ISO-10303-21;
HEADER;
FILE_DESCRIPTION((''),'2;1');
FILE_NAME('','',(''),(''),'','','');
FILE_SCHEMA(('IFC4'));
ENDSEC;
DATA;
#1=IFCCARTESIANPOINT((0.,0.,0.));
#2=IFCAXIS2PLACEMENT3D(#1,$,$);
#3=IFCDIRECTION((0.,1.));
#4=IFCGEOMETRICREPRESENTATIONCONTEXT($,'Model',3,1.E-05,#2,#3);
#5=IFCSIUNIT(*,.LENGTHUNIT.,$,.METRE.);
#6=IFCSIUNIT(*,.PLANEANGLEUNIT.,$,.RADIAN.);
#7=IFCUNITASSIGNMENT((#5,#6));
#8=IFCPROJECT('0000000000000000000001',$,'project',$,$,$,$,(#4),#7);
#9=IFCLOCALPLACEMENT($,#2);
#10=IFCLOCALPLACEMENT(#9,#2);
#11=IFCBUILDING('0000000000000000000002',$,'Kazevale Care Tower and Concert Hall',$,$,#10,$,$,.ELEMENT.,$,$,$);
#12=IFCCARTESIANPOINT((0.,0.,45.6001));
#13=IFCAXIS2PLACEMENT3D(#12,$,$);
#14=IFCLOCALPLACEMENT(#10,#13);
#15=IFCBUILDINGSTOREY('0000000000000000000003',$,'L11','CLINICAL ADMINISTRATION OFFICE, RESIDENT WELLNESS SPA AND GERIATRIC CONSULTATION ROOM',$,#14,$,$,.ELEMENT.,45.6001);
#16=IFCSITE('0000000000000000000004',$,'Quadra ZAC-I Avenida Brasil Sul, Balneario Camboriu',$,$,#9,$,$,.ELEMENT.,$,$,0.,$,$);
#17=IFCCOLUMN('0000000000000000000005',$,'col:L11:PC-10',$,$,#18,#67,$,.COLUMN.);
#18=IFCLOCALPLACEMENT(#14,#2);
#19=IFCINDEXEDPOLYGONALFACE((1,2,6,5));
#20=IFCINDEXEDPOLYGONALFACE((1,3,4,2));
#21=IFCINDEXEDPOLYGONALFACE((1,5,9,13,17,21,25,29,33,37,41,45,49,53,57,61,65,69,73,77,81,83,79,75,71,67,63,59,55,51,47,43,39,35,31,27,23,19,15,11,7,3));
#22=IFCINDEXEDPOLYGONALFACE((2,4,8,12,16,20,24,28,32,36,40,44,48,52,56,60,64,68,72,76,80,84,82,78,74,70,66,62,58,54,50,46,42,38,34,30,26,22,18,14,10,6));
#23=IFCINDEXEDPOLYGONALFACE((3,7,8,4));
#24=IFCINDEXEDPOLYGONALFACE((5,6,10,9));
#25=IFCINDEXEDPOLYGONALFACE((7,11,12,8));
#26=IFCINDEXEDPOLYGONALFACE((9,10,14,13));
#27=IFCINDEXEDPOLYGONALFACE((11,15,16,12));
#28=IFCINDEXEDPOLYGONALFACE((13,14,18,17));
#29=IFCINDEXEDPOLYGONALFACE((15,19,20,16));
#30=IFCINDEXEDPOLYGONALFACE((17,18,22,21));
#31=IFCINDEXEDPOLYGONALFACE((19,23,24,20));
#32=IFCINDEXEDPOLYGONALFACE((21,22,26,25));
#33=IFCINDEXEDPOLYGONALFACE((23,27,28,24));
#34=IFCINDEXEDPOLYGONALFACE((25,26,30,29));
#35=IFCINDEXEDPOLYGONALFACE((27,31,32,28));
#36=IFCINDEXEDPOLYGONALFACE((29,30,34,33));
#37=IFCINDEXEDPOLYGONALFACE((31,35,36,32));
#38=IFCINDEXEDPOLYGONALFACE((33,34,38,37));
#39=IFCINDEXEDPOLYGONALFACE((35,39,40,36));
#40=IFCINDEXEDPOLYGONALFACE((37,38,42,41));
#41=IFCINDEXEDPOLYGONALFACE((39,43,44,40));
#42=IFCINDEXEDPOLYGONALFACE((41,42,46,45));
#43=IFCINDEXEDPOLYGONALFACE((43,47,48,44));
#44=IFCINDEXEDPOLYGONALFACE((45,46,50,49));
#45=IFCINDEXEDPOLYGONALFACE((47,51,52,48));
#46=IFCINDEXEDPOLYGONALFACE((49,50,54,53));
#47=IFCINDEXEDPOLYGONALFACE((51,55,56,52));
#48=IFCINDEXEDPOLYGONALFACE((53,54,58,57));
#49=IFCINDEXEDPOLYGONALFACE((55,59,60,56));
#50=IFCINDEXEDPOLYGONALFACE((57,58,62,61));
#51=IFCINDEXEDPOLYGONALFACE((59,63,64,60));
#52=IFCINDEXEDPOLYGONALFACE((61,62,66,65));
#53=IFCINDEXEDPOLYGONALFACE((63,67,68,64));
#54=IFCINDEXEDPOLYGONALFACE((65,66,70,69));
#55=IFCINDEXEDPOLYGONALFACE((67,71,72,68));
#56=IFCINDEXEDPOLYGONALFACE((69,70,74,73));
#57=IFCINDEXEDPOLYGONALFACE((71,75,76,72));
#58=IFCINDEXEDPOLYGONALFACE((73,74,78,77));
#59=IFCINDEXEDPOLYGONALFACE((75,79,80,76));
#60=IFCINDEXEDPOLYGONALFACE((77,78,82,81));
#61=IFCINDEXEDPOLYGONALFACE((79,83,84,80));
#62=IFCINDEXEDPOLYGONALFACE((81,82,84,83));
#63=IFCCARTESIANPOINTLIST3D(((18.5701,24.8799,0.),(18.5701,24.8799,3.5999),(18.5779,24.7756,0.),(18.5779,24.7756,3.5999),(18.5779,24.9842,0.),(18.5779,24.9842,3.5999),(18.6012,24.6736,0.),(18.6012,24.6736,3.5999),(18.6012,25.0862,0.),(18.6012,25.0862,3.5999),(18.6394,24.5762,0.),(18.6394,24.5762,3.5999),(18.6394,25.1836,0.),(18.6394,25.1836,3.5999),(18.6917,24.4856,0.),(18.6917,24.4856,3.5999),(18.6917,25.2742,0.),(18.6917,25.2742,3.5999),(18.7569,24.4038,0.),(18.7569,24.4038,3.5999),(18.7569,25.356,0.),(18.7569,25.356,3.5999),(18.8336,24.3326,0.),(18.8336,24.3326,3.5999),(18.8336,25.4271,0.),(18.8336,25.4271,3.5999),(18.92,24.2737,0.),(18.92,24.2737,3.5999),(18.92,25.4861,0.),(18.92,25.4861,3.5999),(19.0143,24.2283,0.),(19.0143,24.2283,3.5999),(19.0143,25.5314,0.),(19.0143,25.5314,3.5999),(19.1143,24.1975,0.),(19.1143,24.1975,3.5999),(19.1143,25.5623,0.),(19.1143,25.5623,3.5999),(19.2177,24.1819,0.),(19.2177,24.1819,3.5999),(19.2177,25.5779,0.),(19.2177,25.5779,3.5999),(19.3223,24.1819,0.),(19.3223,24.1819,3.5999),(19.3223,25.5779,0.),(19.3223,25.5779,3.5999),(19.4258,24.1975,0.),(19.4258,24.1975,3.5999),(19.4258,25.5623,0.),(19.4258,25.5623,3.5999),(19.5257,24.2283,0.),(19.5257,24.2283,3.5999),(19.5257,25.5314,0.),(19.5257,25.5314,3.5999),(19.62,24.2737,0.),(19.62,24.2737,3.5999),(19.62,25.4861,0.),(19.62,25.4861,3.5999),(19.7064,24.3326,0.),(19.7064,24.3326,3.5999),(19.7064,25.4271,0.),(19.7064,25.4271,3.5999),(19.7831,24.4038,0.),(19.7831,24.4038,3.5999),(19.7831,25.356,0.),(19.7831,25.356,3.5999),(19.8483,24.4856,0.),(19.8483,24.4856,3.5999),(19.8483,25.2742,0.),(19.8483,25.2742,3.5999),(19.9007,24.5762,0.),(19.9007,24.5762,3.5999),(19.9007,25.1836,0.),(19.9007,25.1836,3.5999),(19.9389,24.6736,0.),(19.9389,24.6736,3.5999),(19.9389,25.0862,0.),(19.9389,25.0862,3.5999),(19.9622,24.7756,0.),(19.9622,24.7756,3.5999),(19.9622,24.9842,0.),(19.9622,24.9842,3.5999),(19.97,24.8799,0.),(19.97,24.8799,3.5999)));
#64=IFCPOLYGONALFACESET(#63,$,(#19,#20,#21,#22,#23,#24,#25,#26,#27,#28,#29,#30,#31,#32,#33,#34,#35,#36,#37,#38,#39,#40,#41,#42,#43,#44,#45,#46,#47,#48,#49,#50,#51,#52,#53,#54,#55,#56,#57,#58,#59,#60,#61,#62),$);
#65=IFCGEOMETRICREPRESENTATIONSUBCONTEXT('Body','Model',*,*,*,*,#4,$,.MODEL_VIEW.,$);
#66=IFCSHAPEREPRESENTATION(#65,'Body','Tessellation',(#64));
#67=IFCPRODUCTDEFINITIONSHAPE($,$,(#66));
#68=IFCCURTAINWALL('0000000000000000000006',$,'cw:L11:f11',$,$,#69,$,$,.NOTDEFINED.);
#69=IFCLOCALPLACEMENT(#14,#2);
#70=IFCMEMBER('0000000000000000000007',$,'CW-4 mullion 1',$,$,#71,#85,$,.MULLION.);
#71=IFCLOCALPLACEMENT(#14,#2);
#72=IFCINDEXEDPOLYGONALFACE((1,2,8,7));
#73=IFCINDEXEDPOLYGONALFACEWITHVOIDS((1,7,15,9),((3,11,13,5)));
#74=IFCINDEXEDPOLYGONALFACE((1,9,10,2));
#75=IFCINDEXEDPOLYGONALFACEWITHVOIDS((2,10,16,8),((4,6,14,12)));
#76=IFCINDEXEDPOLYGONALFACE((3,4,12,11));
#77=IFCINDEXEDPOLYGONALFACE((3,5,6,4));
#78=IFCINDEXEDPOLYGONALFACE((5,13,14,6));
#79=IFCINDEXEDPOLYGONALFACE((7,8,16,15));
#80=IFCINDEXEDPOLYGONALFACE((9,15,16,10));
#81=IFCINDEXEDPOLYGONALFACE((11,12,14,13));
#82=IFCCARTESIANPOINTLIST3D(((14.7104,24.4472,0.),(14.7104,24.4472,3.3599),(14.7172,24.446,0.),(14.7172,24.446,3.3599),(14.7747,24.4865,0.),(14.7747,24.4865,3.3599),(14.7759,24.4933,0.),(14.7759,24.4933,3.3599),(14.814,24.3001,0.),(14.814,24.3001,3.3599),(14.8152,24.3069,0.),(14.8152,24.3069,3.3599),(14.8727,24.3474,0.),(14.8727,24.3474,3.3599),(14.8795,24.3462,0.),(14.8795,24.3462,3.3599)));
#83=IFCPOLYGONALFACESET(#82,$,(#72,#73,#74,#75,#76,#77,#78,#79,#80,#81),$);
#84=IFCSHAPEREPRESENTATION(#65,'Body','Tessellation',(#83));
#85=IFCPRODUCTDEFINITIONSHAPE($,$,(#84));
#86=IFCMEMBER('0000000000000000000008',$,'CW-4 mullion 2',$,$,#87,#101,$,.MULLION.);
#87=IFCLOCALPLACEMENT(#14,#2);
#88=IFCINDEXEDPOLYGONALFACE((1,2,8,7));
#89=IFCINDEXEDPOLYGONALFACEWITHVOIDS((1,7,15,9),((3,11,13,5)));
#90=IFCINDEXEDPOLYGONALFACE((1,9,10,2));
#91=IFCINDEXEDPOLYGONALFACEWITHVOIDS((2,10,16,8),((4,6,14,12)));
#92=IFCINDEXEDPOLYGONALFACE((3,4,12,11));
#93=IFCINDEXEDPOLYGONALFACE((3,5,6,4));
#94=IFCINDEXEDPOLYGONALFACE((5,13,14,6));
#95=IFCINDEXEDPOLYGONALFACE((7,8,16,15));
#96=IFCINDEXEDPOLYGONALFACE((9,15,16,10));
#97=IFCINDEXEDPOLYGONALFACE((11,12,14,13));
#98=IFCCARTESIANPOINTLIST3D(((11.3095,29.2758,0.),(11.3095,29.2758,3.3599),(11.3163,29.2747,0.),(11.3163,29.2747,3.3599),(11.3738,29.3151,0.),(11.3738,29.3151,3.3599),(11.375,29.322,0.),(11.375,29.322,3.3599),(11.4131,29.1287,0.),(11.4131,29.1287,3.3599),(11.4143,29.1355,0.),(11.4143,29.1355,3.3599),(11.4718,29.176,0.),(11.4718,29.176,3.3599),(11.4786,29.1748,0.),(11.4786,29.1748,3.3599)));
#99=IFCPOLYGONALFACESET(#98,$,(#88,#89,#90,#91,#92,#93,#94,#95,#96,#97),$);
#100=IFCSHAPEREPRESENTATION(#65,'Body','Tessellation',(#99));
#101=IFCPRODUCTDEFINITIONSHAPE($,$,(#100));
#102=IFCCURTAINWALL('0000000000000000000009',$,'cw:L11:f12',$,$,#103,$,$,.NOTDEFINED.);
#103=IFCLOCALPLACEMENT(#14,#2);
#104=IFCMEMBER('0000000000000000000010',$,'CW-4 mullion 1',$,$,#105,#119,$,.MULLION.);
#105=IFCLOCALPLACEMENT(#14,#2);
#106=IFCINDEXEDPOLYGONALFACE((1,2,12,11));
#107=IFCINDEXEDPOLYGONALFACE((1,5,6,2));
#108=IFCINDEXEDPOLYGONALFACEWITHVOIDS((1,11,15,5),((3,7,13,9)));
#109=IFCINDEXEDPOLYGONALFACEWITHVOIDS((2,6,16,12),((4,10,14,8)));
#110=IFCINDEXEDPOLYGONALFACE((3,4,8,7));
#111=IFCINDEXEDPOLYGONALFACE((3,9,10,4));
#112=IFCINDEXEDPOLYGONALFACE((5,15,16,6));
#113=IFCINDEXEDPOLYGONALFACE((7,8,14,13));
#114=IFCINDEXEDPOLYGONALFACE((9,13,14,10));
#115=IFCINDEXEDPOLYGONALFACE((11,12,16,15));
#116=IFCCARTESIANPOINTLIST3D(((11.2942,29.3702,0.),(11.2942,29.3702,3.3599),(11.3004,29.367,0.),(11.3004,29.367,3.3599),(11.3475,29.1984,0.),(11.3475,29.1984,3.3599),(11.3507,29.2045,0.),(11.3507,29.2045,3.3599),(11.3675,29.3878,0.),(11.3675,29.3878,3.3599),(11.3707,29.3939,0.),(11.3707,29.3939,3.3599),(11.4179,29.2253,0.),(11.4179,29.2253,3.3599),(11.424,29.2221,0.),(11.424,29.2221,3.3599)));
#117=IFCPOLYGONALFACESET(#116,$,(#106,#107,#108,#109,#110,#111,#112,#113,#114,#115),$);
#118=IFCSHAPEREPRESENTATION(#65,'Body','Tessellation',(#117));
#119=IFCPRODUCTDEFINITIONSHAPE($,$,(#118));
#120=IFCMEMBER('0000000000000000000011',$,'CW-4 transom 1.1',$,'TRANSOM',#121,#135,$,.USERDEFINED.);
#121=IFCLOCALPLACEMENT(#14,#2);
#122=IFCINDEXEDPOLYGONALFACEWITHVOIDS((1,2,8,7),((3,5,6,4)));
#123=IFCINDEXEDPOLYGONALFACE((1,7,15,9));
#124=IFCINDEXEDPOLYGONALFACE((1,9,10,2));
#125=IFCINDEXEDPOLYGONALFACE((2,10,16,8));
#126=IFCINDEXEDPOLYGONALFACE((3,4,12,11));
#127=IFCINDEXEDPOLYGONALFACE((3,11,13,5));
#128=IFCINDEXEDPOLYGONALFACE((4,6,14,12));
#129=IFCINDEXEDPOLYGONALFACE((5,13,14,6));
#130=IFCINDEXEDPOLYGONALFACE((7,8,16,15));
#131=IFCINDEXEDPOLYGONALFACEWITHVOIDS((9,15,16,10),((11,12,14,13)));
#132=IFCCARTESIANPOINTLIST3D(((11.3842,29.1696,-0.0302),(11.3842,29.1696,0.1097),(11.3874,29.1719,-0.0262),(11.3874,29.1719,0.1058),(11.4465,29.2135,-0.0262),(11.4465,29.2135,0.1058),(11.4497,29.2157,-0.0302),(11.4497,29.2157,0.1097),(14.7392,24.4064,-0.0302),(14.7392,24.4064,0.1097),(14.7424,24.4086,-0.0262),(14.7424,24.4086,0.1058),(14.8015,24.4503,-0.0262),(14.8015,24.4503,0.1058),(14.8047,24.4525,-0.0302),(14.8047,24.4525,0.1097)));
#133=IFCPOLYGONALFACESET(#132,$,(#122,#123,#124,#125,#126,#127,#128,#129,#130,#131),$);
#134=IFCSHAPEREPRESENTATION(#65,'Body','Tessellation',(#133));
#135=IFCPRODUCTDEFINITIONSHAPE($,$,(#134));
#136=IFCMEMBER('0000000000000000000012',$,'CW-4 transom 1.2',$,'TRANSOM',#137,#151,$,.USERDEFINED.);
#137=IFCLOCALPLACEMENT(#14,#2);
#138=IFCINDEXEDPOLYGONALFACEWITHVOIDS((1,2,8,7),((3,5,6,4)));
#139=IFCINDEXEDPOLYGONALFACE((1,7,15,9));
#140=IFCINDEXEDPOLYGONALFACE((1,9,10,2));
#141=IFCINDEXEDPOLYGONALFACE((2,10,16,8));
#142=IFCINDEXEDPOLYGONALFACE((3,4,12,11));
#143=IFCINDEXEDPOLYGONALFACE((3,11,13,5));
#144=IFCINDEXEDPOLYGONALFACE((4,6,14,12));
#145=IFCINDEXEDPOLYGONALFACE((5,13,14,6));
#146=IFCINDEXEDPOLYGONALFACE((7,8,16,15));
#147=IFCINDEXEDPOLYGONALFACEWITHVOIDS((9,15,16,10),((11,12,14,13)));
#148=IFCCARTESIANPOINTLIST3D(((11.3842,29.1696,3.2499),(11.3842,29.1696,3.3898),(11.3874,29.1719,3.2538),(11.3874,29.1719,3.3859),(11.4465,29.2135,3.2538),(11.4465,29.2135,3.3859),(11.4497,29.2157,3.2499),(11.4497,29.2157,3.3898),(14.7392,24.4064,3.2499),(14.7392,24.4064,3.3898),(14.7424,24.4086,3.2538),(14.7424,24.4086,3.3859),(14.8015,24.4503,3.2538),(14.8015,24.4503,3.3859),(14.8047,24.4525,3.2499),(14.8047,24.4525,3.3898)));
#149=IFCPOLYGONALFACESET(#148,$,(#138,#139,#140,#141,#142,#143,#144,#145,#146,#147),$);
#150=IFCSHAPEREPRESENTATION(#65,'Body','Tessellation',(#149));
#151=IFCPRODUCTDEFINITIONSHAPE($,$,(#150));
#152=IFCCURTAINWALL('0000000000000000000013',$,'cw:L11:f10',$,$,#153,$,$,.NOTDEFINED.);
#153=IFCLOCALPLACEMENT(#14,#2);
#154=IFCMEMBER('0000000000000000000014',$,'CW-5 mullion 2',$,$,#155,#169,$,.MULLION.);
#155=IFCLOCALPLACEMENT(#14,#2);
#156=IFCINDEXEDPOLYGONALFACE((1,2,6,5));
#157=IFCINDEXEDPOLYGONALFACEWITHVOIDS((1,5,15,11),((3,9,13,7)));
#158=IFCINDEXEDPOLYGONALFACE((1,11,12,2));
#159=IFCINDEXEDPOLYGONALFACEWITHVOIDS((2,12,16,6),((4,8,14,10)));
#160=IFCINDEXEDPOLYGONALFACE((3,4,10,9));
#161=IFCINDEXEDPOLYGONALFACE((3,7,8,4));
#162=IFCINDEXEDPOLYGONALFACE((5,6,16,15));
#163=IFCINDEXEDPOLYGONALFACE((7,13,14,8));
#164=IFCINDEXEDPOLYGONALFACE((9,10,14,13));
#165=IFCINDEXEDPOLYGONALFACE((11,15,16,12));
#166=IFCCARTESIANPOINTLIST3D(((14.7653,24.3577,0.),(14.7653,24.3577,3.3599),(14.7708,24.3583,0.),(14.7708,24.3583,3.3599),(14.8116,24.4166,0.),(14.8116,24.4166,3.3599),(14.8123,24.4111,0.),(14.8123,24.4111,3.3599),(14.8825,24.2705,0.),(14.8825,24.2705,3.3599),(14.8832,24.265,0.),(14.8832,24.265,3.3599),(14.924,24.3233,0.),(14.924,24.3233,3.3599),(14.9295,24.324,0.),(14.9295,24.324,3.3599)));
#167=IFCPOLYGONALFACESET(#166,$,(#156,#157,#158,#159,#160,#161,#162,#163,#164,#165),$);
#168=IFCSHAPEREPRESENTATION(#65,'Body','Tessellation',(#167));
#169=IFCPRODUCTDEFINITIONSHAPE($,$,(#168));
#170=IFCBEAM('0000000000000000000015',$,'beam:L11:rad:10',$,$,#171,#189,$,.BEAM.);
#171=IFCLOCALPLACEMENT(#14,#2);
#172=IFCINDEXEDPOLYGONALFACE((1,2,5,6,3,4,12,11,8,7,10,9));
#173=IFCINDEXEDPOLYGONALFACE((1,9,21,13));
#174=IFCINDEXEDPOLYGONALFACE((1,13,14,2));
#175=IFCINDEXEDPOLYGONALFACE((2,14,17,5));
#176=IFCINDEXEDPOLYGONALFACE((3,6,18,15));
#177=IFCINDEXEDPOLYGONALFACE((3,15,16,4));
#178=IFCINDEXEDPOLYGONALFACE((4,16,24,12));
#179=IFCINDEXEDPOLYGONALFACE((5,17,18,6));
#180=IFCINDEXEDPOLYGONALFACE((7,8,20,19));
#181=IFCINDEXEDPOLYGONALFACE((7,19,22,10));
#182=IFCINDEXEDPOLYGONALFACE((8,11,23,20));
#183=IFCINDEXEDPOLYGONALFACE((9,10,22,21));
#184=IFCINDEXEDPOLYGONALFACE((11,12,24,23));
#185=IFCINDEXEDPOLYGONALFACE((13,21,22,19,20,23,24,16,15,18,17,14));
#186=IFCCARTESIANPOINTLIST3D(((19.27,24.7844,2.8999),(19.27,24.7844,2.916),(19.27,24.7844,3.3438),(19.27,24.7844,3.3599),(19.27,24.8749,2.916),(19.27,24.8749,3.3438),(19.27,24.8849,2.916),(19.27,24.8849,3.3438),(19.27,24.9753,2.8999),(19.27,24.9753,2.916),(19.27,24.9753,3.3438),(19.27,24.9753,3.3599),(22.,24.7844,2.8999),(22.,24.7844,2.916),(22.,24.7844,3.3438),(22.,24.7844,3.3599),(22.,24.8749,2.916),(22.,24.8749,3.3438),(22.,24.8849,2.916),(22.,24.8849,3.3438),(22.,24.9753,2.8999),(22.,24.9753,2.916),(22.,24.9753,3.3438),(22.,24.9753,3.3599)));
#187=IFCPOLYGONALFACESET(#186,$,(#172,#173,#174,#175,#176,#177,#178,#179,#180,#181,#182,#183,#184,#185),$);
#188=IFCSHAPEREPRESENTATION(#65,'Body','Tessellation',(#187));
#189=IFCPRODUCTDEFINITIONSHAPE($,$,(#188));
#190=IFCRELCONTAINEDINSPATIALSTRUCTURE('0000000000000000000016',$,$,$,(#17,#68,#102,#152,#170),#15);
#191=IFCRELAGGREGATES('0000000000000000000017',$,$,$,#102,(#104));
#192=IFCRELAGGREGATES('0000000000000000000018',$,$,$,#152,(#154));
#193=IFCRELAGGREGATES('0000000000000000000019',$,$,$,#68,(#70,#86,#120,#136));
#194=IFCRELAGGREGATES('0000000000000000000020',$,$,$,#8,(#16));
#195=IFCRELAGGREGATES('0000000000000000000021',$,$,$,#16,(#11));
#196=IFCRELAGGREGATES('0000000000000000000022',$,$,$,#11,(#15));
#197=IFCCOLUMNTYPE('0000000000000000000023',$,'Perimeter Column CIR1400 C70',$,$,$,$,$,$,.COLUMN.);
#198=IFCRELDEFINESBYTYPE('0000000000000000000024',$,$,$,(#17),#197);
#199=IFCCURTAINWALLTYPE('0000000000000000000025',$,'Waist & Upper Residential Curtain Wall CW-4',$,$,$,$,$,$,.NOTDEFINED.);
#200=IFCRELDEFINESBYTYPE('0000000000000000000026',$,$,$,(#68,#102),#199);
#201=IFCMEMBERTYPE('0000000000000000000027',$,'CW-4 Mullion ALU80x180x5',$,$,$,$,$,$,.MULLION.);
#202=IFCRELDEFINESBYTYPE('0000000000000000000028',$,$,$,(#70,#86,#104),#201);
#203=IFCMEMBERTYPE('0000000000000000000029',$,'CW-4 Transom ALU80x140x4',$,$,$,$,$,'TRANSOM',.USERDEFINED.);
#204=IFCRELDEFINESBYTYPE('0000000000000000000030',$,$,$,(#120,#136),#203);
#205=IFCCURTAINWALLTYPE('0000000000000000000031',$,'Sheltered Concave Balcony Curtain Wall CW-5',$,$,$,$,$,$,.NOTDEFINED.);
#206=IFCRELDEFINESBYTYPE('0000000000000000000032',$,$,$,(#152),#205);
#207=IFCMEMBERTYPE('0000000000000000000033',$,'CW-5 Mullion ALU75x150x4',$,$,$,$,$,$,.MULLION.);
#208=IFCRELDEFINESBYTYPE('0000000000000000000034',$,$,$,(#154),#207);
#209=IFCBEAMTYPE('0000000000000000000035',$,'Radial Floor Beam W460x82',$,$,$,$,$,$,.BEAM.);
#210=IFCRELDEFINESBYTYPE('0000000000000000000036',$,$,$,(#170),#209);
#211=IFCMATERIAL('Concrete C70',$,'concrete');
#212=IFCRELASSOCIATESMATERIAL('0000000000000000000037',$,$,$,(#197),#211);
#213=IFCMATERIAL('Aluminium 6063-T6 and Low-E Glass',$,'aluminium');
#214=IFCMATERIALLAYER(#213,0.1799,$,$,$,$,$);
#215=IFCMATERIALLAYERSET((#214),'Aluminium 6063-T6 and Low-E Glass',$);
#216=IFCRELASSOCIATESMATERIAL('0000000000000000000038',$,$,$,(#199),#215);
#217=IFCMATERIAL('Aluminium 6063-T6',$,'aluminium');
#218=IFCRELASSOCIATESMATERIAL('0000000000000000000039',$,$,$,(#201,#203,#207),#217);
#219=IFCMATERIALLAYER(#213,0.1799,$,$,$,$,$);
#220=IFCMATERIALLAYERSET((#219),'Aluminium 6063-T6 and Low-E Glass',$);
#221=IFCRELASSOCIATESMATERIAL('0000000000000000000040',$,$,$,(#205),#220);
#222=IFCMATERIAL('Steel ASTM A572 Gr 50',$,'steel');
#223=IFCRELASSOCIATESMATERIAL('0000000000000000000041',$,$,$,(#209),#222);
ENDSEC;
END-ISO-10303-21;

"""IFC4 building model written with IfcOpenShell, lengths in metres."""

from ifc_helpers import new_model, si_unit, direction, frame, origin, origin_2d, place, context, subcontext, project, spatial, hollow_rectangle, circle, i_section, extrude, material, layer, layer_set, material_profile, profile_set, type_object, element, aggregate, save


model = new_model("IFC4")

# Units and contexts
model_context = context("Model", 3, precision=1e-05, world=origin(), true_north=direction((0.0, 1.0)))
body_context = subcontext(model_context, "Body", "Model", "MODEL_VIEW")
ifc_project = project(units=[si_unit("LENGTHUNIT", "METRE"), si_unit("PLANEANGLEUNIT", "RADIAN")], contexts=[model_context])

# Site, building, storey
site_placement = place(None, origin())
site = spatial("IfcSite", under=ifc_project, at=site_placement, Name="Quadra ZAC-I Avenida Brasil Sul, Balneario Camboriu", CompositionType="ELEMENT", RefElevation=0.0)
building_placement = place(site_placement, origin())
building = spatial("IfcBuilding", under=site, at=building_placement, Name="Kazevale Care Tower and Concert Hall", CompositionType="ELEMENT")
storey_placement = place(building_placement, frame((0.0, 0.0, 45.6001)))
storey = spatial("IfcBuildingStorey", under=building, at=storey_placement, Name="L11", Description="CLINICAL ADMINISTRATION OFFICE, RESIDENT WELLNESS SPA AND GERIATRIC CONSULTATION ROOM", CompositionType="ELEMENT", Elevation=45.6001)

# Column
ifc_material_1 = material(Name="Concrete C70", Category="concrete")
ifc_material_profile_1 = material_profile(ifc_material_1, circle(Radius=0.7, at=origin_2d()), Name="RC-CIR1400")
ifc_profile_set_1 = profile_set([ifc_material_profile_1], Name="Concrete C70")
column_type = type_object("IfcColumnType", Name="Perimeter Column CIR1400 C70", PredefinedType="COLUMN", material=ifc_profile_set_1)
column_placement = place(storey_placement, frame((19.27, 24.8799, 0.0), z_axis=(0.0, 0.0, 1.0), x_axis=(1.0, 0.0, 0.0)))
element("IfcColumn", 1, at=column_placement, inside=storey, type_object=column_type, Name="col:L11:PC-10", PredefinedType="COLUMN", context=body_context, shape_type="SweptSolid", body=[
    extrude(circle(Radius=0.7, at=origin_2d()), origin(), (0.0, 0.0, 1.0), 3.5999),
])

# Curtain wall, members
ifc_material_2 = material(Name="Aluminium 6063-T6 and Low-E Glass", Category="aluminium")
ifc_layer_1 = layer(ifc_material_2, 0.1799)
ifc_layer_set_1 = layer_set([ifc_layer_1], Name="Aluminium 6063-T6 and Low-E Glass")
curtain_wall_type_1 = type_object("IfcCurtainWallType", Name="Waist & Upper Residential Curtain Wall CW-4", PredefinedType="NOTDEFINED", material=ifc_layer_set_1)
curtain_wall_1_placement = place(storey_placement, origin())
curtain_wall_1 = element("IfcCurtainWall", 2, at=curtain_wall_1_placement, inside=storey, type_object=curtain_wall_type_1, Name="cw:L11:f11", PredefinedType="NOTDEFINED")
ifc_material_3 = material(Name="Aluminium 6063-T6", Category="aluminium")
ifc_material_profile_2 = material_profile(ifc_material_3, hollow_rectangle(XDim=0.0801, YDim=0.1799, WallThickness=0.0049, at=origin_2d()), Name="ALU80x180x5")
ifc_profile_set_2 = profile_set([ifc_material_profile_2], Name="Aluminium 6063-T6")
member_type_1 = type_object("IfcMemberType", Name="CW-4 Mullion ALU80x180x5", PredefinedType="MULLION", material=ifc_profile_set_2)
member_1_placement = place(storey_placement, frame((14.7949, 24.3967, 0.0), z_axis=(0.0, 0.0, 1.0), x_axis=(-0.817565, -0.575837, 0.0)))
member_1 = element("IfcMember", 3, at=member_1_placement, type_object=member_type_1, Name="CW-4 mullion 1", PredefinedType="MULLION", context=body_context, shape_type="SweptSolid", body=[
    extrude(hollow_rectangle(XDim=0.0801, YDim=0.1799, WallThickness=0.0049, at=origin_2d()), origin(), (0.0, 0.0, 1.0), 3.3599),
])
member_2_placement = place(storey_placement, frame((11.394, 29.2253, 0.0), z_axis=(0.0, 0.0, 1.0), x_axis=(-0.817565, -0.575837, 0.0)))
member_2 = element("IfcMember", 4, at=member_2_placement, type_object=member_type_1, Name="CW-4 mullion 2", PredefinedType="MULLION", context=body_context, shape_type="SweptSolid", body=[
    extrude(hollow_rectangle(XDim=0.0801, YDim=0.1799, WallThickness=0.0049, at=origin_2d()), origin(), (0.0, 0.0, 1.0), 3.3599),
])

# Curtain wall, member
curtain_wall_2_placement = place(storey_placement, origin())
curtain_wall_2 = element("IfcCurtainWall", 5, at=curtain_wall_2_placement, inside=storey, type_object=curtain_wall_type_1, Name="cw:L11:f12", PredefinedType="NOTDEFINED")
member_3_placement = place(storey_placement, frame((11.3591, 29.2961, 0.0), z_axis=(0.0, 0.0, 1.0), x_axis=(-0.955157, -0.296099, 0.0)))
member_3 = element("IfcMember", 6, at=member_3_placement, type_object=member_type_1, Name="CW-4 mullion 1", PredefinedType="MULLION", context=body_context, shape_type="SweptSolid", body=[
    extrude(hollow_rectangle(XDim=0.0801, YDim=0.1799, WallThickness=0.0049, at=origin_2d()), origin(), (0.0, 0.0, 1.0), 3.3599),
])
aggregate(curtain_wall_2, [member_3])

# Members
ifc_material_profile_3 = material_profile(ifc_material_3, hollow_rectangle(XDim=0.0801, YDim=0.1399, WallThickness=0.0039, at=origin_2d()), Name="ALU80x140x4")
ifc_profile_set_3 = profile_set([ifc_material_profile_3], Name="Aluminium 6063-T6")
member_type_2 = type_object("IfcMemberType", Name="CW-4 Transom ALU80x140x4", ElementType="TRANSOM", PredefinedType="USERDEFINED", material=ifc_profile_set_3)
member_4_placement = place(storey_placement, frame((14.772, 24.4294, 0.0398), z_axis=(-0.57585, 0.817555, 0.0), x_axis=(-0.817555, -0.57585, 0.0)))
member_4 = element("IfcMember", 7, at=member_4_placement, type_object=member_type_2, Name="CW-4 transom 1.1", ObjectType="TRANSOM", PredefinedType="USERDEFINED", context=body_context, shape_type="SweptSolid", body=[
    extrude(hollow_rectangle(XDim=0.0801, YDim=0.1399, WallThickness=0.0039, at=origin_2d()), origin(), (0.0, 0.0, 1.0), 5.8262),
])
member_5_placement = place(storey_placement, frame((14.772, 24.4294, 3.3198), z_axis=(-0.57585, 0.817555, 0.0), x_axis=(-0.817555, -0.57585, 0.0)))
member_5 = element("IfcMember", 8, at=member_5_placement, type_object=member_type_2, Name="CW-4 transom 1.2", ObjectType="TRANSOM", PredefinedType="USERDEFINED", context=body_context, shape_type="SweptSolid", body=[
    extrude(hollow_rectangle(XDim=0.0801, YDim=0.1399, WallThickness=0.0039, at=origin_2d()), origin(), (0.0, 0.0, 1.0), 5.8262),
])

# Curtain wall, member
ifc_layer_2 = layer(ifc_material_2, 0.1799)
ifc_layer_set_2 = layer_set([ifc_layer_2], Name="Aluminium 6063-T6 and Low-E Glass")
curtain_wall_type_2 = type_object("IfcCurtainWallType", Name="Sheltered Concave Balcony Curtain Wall CW-5", PredefinedType="NOTDEFINED", material=ifc_layer_set_2)
curtain_wall_3_placement = place(storey_placement, origin())
curtain_wall_3 = element("IfcCurtainWall", 9, at=curtain_wall_3_placement, inside=storey, type_object=curtain_wall_type_2, Name="cw:L11:f10", PredefinedType="NOTDEFINED")
ifc_material_profile_4 = material_profile(ifc_material_3, hollow_rectangle(XDim=0.075, YDim=0.1499, WallThickness=0.0039, at=origin_2d()), Name="ALU75x150x4")
ifc_profile_set_4 = profile_set([ifc_material_profile_4], Name="Aluminium 6063-T6")
member_type_3 = type_object("IfcMemberType", Name="CW-5 Mullion ALU75x150x4", PredefinedType="MULLION", material=ifc_profile_set_4)
member_6_placement = place(storey_placement, frame((14.8474, 24.3408, 0.0), z_axis=(0.0, 0.0, 1.0), x_axis=(-0.617808, -0.786329, 0.0)))
member_6 = element("IfcMember", 10, at=member_6_placement, type_object=member_type_3, Name="CW-5 mullion 2", PredefinedType="MULLION", context=body_context, shape_type="SweptSolid", body=[
    extrude(hollow_rectangle(XDim=0.075, YDim=0.1499, WallThickness=0.0039, at=origin_2d()), origin(), (0.0, 0.0, 1.0), 3.3599),
])
aggregate(curtain_wall_3, [member_6])

# Beam
ifc_material_4 = material(Name="Steel ASTM A572 Gr 50", Category="steel")
ifc_material_profile_5 = material_profile(ifc_material_4, i_section(OverallWidth=0.1909, OverallDepth=0.46, WebThickness=0.01, FlangeThickness=0.0161, at=origin_2d()), Name="W460x82")
ifc_profile_set_5 = profile_set([ifc_material_profile_5], Name="Steel ASTM A572 Gr 50")
beam_type_1 = type_object("IfcBeamType", Name="Radial Floor Beam W460x82", PredefinedType="BEAM", material=ifc_profile_set_5)
beam_1_placement = place(storey_placement, frame((22.0, 24.8799, 3.1299), z_axis=(-1.0, 0.0, 0.0), x_axis=(0.0, -1.0, 0.0)))
element("IfcBeam", 11, at=beam_1_placement, inside=storey, type_object=beam_type_1, Name="beam:L11:rad:10", PredefinedType="BEAM", context=body_context, shape_type="SweptSolid", body=[
    extrude(i_section(OverallWidth=0.1909, OverallDepth=0.46, WebThickness=0.01, FlangeThickness=0.0161, at=origin_2d()), origin(), (0.0, 0.0, 1.0), 2.73),
])

aggregate(curtain_wall_1, [member_1, member_2, member_4, member_5])

save(model, "model.ifc")
